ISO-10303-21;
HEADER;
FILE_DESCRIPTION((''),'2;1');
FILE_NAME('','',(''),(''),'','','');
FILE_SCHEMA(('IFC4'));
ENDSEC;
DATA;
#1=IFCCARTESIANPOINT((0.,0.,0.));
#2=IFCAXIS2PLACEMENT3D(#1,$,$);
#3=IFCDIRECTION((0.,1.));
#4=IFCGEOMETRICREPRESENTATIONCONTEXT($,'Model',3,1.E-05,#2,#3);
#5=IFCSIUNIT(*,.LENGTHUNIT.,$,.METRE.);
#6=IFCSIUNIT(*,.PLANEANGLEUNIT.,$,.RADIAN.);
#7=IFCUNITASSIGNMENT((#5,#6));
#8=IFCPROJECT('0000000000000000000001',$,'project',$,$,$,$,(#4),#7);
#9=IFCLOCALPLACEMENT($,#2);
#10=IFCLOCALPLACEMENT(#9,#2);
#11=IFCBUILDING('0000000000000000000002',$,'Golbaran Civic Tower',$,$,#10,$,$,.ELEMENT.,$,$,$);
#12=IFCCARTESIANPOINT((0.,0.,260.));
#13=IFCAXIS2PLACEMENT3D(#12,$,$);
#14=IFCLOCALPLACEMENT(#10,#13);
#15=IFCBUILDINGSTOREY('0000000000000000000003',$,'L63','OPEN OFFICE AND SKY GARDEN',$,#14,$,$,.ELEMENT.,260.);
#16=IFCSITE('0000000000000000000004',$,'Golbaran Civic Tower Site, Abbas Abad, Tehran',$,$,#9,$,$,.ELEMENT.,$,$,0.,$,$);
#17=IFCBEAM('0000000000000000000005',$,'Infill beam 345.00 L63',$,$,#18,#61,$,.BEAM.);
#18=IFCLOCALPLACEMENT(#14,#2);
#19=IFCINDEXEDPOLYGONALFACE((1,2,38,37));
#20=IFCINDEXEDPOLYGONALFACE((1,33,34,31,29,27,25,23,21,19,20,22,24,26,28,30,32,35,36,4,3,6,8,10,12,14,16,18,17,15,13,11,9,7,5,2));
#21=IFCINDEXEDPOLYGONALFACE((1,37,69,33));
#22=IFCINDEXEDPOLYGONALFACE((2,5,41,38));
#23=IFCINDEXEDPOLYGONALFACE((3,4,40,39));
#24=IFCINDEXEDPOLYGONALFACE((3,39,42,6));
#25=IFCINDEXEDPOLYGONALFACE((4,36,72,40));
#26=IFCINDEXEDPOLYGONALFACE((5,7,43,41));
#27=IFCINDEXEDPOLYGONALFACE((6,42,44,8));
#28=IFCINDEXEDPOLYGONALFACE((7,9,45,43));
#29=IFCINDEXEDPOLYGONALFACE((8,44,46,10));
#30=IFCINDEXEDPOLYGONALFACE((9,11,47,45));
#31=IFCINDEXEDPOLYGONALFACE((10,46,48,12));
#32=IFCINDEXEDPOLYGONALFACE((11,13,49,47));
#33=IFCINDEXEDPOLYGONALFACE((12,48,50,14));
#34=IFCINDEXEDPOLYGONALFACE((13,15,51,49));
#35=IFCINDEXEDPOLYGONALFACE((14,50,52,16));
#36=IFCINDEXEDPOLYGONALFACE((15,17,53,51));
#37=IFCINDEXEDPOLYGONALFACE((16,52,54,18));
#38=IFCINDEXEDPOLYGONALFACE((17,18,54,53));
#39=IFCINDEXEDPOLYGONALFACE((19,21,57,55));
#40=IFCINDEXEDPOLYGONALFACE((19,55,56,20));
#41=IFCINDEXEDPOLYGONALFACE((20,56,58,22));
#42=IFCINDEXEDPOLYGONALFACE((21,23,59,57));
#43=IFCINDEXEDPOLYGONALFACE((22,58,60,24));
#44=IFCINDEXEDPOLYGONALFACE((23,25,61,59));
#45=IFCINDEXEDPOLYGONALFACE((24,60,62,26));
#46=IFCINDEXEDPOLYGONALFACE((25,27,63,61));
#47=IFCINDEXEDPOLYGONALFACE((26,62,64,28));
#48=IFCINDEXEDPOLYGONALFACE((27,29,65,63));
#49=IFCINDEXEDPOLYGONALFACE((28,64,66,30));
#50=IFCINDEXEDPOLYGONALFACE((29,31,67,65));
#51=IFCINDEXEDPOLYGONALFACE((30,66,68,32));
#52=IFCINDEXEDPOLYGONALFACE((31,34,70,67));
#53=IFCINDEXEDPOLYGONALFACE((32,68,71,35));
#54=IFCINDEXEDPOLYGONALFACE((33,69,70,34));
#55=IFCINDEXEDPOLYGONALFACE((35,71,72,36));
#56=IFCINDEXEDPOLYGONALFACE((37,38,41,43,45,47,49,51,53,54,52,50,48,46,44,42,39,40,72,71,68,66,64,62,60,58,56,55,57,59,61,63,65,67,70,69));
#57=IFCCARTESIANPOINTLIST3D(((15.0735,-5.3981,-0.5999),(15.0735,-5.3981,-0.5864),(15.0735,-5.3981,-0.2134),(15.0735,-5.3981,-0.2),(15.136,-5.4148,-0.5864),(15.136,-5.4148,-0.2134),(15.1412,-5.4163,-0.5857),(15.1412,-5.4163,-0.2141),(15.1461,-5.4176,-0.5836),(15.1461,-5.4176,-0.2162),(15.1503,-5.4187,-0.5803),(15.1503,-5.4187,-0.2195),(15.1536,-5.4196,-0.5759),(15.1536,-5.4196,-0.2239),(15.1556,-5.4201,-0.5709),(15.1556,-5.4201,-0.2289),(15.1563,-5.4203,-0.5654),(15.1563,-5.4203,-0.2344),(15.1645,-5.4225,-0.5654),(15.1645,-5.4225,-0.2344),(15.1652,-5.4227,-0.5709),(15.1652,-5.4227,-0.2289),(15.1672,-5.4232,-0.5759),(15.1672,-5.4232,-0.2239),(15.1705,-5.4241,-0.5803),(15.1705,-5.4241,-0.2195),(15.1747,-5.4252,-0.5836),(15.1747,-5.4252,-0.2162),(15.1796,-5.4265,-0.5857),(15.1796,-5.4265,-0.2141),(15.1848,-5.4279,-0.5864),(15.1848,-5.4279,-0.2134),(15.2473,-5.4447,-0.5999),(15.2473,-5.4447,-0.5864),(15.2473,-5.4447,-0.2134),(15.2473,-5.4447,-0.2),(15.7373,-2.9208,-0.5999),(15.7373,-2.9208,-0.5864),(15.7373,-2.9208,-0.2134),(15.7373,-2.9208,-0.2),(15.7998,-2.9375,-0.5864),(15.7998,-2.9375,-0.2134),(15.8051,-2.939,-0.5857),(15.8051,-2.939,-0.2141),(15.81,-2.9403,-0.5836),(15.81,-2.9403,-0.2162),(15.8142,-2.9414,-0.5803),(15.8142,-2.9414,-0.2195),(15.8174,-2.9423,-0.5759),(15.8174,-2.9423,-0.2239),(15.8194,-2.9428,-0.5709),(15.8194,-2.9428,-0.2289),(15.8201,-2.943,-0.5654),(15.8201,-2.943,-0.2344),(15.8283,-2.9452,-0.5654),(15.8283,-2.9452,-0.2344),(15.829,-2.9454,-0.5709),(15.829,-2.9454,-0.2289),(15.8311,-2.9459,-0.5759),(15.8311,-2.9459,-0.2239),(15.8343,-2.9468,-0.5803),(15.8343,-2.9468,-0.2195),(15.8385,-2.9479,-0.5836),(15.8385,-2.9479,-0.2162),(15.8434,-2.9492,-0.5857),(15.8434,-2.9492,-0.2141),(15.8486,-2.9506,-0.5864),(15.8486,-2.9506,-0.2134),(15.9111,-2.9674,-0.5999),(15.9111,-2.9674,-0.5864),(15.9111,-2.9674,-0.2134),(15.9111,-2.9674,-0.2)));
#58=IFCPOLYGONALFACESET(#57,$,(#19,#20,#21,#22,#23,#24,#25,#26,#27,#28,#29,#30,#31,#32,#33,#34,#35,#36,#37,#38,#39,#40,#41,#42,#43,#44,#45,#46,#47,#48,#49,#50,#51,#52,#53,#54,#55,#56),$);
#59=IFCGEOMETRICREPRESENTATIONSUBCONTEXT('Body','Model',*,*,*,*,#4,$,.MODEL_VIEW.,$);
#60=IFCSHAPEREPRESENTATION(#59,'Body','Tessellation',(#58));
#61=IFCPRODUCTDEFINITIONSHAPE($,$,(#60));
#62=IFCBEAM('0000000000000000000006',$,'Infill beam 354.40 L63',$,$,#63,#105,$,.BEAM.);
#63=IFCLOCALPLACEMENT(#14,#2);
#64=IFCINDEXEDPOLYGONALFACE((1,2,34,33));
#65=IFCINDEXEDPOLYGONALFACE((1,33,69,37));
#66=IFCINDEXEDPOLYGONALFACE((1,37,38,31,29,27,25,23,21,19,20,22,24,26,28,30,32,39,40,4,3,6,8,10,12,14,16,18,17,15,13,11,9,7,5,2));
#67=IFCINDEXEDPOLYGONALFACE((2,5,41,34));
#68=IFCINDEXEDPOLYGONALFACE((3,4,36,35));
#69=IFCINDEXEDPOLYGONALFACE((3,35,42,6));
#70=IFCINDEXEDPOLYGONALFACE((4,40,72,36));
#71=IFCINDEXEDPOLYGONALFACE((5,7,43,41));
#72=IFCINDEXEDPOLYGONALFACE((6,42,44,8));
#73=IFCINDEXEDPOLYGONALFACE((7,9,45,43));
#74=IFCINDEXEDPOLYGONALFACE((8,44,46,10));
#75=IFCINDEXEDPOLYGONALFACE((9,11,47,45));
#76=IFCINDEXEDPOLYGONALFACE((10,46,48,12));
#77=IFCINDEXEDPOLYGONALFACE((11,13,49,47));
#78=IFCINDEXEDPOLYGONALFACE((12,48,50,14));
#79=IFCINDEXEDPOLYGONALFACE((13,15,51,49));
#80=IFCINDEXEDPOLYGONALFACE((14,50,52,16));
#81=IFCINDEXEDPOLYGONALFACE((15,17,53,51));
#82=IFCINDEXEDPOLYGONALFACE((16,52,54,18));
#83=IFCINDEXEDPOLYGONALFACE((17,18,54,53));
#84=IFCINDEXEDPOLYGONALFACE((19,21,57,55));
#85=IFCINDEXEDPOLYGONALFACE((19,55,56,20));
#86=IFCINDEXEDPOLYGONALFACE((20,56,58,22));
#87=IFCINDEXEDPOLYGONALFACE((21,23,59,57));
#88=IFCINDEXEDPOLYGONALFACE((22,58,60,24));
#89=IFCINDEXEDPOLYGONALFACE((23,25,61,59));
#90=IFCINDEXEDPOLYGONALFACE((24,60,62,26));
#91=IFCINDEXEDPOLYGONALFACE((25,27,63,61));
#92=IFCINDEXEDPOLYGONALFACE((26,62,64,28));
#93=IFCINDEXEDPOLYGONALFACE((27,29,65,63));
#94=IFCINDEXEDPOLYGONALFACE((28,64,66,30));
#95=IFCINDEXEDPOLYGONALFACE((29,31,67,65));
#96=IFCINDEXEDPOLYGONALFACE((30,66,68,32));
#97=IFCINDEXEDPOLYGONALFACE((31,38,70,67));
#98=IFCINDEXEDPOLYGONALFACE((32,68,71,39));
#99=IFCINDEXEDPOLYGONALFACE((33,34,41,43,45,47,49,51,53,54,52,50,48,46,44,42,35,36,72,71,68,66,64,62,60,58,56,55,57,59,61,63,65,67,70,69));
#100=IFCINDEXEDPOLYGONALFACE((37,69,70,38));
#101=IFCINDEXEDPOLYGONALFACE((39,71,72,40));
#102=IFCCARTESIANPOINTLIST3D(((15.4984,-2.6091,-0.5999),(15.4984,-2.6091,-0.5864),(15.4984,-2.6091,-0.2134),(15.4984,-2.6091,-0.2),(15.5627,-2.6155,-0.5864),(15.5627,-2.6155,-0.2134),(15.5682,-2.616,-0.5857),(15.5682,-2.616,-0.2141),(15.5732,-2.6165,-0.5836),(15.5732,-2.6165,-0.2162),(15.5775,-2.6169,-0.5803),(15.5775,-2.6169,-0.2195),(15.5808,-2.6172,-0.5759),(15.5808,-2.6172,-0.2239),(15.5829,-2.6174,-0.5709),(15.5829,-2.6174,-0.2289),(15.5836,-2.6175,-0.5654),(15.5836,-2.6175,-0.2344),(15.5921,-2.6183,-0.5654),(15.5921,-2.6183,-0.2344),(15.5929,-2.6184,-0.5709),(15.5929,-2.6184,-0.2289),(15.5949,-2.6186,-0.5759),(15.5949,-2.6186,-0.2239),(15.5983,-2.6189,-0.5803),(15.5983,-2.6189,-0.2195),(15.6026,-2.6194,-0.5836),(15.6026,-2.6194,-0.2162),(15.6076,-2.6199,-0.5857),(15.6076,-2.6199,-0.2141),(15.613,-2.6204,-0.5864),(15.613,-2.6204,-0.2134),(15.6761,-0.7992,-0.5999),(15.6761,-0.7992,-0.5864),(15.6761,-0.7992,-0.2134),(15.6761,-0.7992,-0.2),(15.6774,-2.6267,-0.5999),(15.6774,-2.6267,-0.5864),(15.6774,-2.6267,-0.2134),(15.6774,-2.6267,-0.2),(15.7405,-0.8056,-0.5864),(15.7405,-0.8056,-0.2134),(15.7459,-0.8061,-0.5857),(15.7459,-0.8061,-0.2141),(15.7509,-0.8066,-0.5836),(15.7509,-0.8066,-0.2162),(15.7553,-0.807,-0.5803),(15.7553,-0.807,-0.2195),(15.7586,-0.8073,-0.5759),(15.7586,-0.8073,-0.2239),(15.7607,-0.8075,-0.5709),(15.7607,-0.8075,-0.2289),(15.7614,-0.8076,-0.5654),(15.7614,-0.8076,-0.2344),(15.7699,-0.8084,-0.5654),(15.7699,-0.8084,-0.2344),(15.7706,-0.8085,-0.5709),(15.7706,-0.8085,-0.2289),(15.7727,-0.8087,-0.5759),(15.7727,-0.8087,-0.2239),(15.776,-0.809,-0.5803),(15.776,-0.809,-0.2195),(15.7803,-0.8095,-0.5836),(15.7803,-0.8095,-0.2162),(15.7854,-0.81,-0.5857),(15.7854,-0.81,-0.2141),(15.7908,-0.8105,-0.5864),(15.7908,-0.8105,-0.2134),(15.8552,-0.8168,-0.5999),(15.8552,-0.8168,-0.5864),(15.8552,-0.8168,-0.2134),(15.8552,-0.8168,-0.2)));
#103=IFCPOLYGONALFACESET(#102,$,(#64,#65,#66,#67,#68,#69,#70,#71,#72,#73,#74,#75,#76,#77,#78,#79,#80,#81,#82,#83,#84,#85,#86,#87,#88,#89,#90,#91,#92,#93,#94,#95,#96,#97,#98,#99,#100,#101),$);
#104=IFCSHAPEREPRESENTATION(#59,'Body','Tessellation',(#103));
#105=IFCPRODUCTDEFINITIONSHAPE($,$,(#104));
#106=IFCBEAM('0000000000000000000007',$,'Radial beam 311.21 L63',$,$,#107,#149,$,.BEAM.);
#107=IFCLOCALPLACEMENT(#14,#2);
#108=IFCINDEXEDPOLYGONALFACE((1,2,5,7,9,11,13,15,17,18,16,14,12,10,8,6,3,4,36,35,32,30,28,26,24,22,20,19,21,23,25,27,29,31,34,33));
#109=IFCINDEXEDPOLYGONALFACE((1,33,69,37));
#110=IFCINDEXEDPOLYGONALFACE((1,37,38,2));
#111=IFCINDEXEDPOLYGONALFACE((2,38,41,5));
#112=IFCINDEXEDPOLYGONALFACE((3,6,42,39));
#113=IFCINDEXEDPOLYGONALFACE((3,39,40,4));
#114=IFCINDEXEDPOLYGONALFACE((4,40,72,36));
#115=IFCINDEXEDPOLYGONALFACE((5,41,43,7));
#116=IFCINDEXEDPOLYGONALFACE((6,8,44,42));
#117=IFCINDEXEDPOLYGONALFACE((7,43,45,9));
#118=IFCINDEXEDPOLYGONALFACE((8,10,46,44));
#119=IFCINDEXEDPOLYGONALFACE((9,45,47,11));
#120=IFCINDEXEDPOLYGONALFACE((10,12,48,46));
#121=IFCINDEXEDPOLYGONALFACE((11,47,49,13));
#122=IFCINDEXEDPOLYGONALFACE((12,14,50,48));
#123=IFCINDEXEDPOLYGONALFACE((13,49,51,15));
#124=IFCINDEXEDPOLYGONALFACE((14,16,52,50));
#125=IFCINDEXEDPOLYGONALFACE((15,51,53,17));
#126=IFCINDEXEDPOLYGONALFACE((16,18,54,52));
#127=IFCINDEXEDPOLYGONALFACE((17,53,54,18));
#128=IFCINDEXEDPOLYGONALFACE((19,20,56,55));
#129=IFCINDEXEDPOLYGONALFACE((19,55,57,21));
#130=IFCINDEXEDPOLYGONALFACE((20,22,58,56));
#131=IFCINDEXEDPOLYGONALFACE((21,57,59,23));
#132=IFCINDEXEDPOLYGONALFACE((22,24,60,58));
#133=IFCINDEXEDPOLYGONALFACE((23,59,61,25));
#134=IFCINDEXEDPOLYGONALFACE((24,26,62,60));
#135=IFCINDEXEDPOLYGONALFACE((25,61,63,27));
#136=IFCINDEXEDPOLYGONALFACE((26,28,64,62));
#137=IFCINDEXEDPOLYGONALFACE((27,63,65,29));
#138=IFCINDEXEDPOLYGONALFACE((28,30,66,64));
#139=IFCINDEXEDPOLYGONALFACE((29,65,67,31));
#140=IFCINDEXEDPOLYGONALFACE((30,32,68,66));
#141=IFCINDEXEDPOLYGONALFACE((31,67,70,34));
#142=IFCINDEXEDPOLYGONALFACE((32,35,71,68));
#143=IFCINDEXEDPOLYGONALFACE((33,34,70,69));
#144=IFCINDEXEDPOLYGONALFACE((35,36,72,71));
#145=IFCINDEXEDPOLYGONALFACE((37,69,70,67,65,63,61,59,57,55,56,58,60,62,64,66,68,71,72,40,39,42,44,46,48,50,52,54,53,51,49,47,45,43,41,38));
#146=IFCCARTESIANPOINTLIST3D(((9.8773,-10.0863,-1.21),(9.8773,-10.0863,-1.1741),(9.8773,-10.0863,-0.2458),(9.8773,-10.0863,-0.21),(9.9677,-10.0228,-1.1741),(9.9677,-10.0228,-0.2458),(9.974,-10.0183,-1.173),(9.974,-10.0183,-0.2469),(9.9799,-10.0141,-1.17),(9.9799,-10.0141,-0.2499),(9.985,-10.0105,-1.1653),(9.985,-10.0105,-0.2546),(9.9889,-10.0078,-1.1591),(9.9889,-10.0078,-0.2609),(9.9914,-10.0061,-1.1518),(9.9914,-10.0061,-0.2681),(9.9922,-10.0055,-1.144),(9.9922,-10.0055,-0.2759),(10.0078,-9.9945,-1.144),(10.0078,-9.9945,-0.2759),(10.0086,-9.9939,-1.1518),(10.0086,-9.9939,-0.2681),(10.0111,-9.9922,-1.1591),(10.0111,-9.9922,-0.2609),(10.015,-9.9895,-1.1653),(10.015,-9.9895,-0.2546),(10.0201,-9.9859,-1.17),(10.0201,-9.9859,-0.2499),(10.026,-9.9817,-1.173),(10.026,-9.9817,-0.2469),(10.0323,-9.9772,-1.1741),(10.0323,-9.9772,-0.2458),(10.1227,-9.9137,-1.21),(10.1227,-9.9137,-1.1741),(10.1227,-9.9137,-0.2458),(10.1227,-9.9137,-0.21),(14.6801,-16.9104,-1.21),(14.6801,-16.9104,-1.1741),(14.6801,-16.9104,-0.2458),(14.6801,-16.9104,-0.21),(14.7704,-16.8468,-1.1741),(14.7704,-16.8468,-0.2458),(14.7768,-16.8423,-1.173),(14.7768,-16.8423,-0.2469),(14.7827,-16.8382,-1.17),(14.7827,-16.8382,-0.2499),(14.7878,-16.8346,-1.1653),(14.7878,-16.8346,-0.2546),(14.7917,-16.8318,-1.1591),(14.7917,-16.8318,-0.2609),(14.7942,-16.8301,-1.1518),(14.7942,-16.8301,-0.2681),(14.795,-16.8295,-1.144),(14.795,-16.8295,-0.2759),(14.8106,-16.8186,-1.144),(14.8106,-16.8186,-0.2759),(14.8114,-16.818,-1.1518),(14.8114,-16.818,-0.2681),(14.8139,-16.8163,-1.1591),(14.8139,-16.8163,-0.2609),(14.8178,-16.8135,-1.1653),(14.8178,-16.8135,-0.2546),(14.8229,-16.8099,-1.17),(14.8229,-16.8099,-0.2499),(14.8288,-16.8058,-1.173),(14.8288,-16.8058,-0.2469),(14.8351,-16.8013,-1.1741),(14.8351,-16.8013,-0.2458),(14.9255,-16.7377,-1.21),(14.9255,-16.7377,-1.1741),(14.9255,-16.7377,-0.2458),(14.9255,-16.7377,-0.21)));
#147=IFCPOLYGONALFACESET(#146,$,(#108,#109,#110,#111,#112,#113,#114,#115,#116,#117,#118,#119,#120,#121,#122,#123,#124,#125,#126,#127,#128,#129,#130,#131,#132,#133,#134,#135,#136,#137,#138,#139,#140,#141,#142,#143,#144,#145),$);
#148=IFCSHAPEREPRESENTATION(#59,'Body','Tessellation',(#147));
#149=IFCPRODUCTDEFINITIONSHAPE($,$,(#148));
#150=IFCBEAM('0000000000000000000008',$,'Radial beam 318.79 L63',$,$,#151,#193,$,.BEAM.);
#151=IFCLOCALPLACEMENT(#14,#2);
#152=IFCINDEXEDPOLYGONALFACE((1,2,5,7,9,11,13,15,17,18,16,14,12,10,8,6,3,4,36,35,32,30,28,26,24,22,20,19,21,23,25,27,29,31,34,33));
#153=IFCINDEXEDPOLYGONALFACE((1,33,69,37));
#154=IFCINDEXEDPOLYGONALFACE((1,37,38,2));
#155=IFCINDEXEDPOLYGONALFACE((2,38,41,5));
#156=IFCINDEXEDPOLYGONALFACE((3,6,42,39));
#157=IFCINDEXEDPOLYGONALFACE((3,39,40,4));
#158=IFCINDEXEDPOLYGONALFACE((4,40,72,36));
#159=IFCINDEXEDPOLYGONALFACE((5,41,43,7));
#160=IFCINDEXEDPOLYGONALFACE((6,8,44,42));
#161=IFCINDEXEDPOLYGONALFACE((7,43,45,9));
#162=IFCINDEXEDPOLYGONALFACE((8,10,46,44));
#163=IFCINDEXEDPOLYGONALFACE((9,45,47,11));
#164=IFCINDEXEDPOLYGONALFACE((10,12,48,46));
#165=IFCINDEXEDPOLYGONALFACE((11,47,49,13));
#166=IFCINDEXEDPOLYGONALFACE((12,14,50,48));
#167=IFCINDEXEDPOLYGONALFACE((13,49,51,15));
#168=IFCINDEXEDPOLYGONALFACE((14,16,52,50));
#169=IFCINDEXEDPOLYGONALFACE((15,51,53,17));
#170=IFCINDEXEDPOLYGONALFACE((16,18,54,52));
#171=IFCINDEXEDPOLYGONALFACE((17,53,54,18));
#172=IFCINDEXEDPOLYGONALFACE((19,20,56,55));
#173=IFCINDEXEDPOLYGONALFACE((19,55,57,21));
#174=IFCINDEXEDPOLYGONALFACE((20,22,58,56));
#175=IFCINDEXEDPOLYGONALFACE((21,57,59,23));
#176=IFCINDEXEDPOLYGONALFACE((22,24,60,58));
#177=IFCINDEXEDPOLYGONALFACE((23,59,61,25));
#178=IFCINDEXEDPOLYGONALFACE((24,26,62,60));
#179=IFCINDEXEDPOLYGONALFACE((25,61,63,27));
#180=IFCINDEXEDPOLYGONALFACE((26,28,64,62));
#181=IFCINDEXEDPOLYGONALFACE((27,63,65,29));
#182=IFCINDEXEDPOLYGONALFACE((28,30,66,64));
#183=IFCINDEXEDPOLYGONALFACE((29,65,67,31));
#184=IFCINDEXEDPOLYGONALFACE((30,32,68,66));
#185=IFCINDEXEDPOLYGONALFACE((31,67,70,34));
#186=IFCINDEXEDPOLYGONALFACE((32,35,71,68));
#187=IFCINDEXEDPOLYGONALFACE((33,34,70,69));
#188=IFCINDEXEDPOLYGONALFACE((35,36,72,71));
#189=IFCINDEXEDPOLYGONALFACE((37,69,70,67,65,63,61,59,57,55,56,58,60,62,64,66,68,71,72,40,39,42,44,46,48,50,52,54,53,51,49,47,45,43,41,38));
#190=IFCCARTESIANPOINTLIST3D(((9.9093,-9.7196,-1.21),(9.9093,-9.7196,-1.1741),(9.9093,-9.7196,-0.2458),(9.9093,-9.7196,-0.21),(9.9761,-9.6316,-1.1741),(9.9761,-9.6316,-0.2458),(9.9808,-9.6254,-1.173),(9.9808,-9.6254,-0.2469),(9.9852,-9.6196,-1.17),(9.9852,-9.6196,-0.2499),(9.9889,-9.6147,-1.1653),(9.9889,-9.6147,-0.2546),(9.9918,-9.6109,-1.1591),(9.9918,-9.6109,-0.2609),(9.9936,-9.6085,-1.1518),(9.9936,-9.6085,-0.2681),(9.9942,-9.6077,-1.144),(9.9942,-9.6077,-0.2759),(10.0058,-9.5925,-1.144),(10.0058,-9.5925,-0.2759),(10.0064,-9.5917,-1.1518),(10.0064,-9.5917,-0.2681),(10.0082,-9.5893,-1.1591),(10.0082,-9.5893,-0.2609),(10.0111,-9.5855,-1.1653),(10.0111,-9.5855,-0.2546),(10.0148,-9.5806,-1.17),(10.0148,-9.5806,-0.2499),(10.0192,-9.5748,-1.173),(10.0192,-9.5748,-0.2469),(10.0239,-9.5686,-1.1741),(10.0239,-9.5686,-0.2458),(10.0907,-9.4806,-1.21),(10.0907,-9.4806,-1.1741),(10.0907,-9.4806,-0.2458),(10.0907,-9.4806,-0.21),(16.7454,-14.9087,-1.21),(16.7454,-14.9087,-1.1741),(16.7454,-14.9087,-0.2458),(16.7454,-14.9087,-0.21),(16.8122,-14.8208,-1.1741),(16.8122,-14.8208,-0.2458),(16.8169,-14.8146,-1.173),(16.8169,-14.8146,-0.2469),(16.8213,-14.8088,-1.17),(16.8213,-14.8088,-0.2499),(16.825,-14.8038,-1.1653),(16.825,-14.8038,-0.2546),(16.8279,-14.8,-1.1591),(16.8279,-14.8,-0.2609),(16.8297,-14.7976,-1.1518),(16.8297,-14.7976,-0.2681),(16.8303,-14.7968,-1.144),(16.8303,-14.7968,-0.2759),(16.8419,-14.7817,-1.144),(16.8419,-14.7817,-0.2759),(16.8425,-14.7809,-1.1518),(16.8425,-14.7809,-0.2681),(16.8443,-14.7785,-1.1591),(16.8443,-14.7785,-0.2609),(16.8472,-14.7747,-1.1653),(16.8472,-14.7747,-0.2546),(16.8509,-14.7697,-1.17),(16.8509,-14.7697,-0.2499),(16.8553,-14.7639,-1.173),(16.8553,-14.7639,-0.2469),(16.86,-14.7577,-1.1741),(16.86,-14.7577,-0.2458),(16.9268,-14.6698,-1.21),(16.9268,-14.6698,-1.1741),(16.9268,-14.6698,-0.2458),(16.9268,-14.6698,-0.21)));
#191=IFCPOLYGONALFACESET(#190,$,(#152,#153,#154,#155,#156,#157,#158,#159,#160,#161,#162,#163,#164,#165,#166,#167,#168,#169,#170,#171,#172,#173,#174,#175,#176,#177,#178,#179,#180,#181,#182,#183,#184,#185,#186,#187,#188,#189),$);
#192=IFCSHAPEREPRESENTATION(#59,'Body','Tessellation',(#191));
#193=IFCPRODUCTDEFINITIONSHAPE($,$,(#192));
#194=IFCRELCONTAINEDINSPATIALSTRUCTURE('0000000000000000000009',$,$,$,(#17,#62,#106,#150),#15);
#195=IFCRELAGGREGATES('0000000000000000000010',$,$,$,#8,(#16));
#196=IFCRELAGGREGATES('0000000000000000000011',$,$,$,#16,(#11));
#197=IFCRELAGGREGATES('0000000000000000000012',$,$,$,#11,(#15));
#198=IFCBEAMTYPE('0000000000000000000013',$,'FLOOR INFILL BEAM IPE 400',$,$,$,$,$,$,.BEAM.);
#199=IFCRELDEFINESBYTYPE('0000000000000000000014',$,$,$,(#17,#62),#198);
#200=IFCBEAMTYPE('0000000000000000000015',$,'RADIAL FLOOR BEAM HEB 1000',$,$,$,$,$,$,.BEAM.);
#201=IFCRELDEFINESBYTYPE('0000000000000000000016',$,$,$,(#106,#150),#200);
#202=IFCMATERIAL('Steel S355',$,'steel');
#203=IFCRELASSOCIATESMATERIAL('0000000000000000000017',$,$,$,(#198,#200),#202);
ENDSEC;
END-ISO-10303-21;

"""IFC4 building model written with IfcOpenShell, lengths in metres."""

from ifc_helpers import new_model, si_unit, direction, frame, origin, origin_2d, place, context, subcontext, project, spatial, i_section, extrude, material, material_profile, profile_set, type_object, element, save


model = new_model("IFC4")

# Units and contexts
model_context = context("Model", 3, precision=1e-05, world=origin(), true_north=direction((0.0, 1.0)))
body_context = subcontext(model_context, "Body", "Model", "MODEL_VIEW")
ifc_project = project(units=[si_unit("LENGTHUNIT", "METRE"), si_unit("PLANEANGLEUNIT", "RADIAN")], contexts=[model_context])

# Site, building, storey
site_placement = place(None, origin())
site = spatial("IfcSite", under=ifc_project, at=site_placement, Name="Golbaran Civic Tower Site, Abbas Abad, Tehran", CompositionType="ELEMENT", RefElevation=0.0)
building_placement = place(site_placement, origin())
building = spatial("IfcBuilding", under=site, at=building_placement, Name="Golbaran Civic Tower", CompositionType="ELEMENT")
storey_placement = place(building_placement, frame((0.0, 0.0, 260.0)))
storey = spatial("IfcBuildingStorey", under=building, at=storey_placement, Name="L63", Description="OPEN OFFICE AND SKY GARDEN", CompositionType="ELEMENT", Elevation=260.0)

# Beams
ifc_material_1 = material(Name="Steel S355", Category="steel")
ifc_material_profile_1 = material_profile(ifc_material_1, i_section(OverallWidth=0.1799, OverallDepth=0.3999, WebThickness=0.0085, FlangeThickness=0.0134, FilletRadius=0.021, at=origin_2d()), Name="IPE 400")
ifc_profile_set_1 = profile_set([ifc_material_profile_1], Name="Steel S355")
beam_type_1 = type_object("IfcBeamType", Name="FLOOR INFILL BEAM IPE 400", PredefinedType="BEAM", material=ifc_profile_set_1)
beam_1_placement = place(storey_placement, frame((15.1604, -5.4214, -0.3999), z_axis=(0.25883, 0.965923, 0.0), x_axis=(-0.965923, 0.25883, 0.0)))
element("IfcBeam", 1, at=beam_1_placement, inside=storey, type_object=beam_type_1, Name="Infill beam 345.00 L63", PredefinedType="BEAM", context=body_context, shape_type="SweptSolid", body=[
    extrude(i_section(OverallWidth=0.1799, OverallDepth=0.3999, WebThickness=0.0085, FlangeThickness=0.0134, FilletRadius=0.021, at=origin_2d()), origin(), (0.0, 0.0, 1.0), 2.5647),
])
beam_2_placement = place(storey_placement, frame((15.5879, -2.6179, -0.3999), z_axis=(0.097736, 0.995212, 0.0), x_axis=(-0.995212, 0.097736, 0.0)))
element("IfcBeam", 2, at=beam_2_placement, inside=storey, type_object=beam_type_1, Name="Infill beam 354.40 L63", PredefinedType="BEAM", context=body_context, shape_type="SweptSolid", body=[
    extrude(i_section(OverallWidth=0.1799, OverallDepth=0.3999, WebThickness=0.0085, FlangeThickness=0.0134, FilletRadius=0.021, at=origin_2d()), origin(), (0.0, 0.0, 1.0), 1.8186),
])
ifc_material_profile_2 = material_profile(ifc_material_1, i_section(OverallWidth=0.3, OverallDepth=1.0, WebThickness=0.019, FlangeThickness=0.0359, FilletRadius=0.03, at=origin_2d()), Name="HEB 1000")
ifc_profile_set_2 = profile_set([ifc_material_profile_2], Name="Steel S355")
beam_type_2 = type_object("IfcBeamType", Name="RADIAL FLOOR BEAM HEB 1000", PredefinedType="BEAM", material=ifc_profile_set_2)
beam_3_placement = place(storey_placement, frame((10.0, -10.0, -0.71), z_axis=(0.575548, -0.817768, 0.0), x_axis=(0.817768, 0.575548, 0.0)))
element("IfcBeam", 3, at=beam_3_placement, inside=storey, type_object=beam_type_2, Name="Radial beam 311.21 L63", PredefinedType="BEAM", context=body_context, shape_type="SweptSolid", body=[
    extrude(i_section(OverallWidth=0.3, OverallDepth=1.0, WebThickness=0.019, FlangeThickness=0.0359, FilletRadius=0.03, at=origin_2d()), origin(), (0.0, 0.0, 1.0), 8.3447),
])
beam_4_placement = place(storey_placement, frame((10.0, -9.6001, -0.71), z_axis=(0.796515, -0.604619, 0.0), x_axis=(0.604619, 0.796515, 0.0)))
element("IfcBeam", 4, at=beam_4_placement, inside=storey, type_object=beam_type_2, Name="Radial beam 318.79 L63", PredefinedType="BEAM", context=body_context, shape_type="SweptSolid", body=[
    extrude(i_section(OverallWidth=0.3, OverallDepth=1.0, WebThickness=0.019, FlangeThickness=0.0359, FilletRadius=0.03, at=origin_2d()), origin(), (0.0, 0.0, 1.0), 8.5825),
])

save(model, "model.ifc")
